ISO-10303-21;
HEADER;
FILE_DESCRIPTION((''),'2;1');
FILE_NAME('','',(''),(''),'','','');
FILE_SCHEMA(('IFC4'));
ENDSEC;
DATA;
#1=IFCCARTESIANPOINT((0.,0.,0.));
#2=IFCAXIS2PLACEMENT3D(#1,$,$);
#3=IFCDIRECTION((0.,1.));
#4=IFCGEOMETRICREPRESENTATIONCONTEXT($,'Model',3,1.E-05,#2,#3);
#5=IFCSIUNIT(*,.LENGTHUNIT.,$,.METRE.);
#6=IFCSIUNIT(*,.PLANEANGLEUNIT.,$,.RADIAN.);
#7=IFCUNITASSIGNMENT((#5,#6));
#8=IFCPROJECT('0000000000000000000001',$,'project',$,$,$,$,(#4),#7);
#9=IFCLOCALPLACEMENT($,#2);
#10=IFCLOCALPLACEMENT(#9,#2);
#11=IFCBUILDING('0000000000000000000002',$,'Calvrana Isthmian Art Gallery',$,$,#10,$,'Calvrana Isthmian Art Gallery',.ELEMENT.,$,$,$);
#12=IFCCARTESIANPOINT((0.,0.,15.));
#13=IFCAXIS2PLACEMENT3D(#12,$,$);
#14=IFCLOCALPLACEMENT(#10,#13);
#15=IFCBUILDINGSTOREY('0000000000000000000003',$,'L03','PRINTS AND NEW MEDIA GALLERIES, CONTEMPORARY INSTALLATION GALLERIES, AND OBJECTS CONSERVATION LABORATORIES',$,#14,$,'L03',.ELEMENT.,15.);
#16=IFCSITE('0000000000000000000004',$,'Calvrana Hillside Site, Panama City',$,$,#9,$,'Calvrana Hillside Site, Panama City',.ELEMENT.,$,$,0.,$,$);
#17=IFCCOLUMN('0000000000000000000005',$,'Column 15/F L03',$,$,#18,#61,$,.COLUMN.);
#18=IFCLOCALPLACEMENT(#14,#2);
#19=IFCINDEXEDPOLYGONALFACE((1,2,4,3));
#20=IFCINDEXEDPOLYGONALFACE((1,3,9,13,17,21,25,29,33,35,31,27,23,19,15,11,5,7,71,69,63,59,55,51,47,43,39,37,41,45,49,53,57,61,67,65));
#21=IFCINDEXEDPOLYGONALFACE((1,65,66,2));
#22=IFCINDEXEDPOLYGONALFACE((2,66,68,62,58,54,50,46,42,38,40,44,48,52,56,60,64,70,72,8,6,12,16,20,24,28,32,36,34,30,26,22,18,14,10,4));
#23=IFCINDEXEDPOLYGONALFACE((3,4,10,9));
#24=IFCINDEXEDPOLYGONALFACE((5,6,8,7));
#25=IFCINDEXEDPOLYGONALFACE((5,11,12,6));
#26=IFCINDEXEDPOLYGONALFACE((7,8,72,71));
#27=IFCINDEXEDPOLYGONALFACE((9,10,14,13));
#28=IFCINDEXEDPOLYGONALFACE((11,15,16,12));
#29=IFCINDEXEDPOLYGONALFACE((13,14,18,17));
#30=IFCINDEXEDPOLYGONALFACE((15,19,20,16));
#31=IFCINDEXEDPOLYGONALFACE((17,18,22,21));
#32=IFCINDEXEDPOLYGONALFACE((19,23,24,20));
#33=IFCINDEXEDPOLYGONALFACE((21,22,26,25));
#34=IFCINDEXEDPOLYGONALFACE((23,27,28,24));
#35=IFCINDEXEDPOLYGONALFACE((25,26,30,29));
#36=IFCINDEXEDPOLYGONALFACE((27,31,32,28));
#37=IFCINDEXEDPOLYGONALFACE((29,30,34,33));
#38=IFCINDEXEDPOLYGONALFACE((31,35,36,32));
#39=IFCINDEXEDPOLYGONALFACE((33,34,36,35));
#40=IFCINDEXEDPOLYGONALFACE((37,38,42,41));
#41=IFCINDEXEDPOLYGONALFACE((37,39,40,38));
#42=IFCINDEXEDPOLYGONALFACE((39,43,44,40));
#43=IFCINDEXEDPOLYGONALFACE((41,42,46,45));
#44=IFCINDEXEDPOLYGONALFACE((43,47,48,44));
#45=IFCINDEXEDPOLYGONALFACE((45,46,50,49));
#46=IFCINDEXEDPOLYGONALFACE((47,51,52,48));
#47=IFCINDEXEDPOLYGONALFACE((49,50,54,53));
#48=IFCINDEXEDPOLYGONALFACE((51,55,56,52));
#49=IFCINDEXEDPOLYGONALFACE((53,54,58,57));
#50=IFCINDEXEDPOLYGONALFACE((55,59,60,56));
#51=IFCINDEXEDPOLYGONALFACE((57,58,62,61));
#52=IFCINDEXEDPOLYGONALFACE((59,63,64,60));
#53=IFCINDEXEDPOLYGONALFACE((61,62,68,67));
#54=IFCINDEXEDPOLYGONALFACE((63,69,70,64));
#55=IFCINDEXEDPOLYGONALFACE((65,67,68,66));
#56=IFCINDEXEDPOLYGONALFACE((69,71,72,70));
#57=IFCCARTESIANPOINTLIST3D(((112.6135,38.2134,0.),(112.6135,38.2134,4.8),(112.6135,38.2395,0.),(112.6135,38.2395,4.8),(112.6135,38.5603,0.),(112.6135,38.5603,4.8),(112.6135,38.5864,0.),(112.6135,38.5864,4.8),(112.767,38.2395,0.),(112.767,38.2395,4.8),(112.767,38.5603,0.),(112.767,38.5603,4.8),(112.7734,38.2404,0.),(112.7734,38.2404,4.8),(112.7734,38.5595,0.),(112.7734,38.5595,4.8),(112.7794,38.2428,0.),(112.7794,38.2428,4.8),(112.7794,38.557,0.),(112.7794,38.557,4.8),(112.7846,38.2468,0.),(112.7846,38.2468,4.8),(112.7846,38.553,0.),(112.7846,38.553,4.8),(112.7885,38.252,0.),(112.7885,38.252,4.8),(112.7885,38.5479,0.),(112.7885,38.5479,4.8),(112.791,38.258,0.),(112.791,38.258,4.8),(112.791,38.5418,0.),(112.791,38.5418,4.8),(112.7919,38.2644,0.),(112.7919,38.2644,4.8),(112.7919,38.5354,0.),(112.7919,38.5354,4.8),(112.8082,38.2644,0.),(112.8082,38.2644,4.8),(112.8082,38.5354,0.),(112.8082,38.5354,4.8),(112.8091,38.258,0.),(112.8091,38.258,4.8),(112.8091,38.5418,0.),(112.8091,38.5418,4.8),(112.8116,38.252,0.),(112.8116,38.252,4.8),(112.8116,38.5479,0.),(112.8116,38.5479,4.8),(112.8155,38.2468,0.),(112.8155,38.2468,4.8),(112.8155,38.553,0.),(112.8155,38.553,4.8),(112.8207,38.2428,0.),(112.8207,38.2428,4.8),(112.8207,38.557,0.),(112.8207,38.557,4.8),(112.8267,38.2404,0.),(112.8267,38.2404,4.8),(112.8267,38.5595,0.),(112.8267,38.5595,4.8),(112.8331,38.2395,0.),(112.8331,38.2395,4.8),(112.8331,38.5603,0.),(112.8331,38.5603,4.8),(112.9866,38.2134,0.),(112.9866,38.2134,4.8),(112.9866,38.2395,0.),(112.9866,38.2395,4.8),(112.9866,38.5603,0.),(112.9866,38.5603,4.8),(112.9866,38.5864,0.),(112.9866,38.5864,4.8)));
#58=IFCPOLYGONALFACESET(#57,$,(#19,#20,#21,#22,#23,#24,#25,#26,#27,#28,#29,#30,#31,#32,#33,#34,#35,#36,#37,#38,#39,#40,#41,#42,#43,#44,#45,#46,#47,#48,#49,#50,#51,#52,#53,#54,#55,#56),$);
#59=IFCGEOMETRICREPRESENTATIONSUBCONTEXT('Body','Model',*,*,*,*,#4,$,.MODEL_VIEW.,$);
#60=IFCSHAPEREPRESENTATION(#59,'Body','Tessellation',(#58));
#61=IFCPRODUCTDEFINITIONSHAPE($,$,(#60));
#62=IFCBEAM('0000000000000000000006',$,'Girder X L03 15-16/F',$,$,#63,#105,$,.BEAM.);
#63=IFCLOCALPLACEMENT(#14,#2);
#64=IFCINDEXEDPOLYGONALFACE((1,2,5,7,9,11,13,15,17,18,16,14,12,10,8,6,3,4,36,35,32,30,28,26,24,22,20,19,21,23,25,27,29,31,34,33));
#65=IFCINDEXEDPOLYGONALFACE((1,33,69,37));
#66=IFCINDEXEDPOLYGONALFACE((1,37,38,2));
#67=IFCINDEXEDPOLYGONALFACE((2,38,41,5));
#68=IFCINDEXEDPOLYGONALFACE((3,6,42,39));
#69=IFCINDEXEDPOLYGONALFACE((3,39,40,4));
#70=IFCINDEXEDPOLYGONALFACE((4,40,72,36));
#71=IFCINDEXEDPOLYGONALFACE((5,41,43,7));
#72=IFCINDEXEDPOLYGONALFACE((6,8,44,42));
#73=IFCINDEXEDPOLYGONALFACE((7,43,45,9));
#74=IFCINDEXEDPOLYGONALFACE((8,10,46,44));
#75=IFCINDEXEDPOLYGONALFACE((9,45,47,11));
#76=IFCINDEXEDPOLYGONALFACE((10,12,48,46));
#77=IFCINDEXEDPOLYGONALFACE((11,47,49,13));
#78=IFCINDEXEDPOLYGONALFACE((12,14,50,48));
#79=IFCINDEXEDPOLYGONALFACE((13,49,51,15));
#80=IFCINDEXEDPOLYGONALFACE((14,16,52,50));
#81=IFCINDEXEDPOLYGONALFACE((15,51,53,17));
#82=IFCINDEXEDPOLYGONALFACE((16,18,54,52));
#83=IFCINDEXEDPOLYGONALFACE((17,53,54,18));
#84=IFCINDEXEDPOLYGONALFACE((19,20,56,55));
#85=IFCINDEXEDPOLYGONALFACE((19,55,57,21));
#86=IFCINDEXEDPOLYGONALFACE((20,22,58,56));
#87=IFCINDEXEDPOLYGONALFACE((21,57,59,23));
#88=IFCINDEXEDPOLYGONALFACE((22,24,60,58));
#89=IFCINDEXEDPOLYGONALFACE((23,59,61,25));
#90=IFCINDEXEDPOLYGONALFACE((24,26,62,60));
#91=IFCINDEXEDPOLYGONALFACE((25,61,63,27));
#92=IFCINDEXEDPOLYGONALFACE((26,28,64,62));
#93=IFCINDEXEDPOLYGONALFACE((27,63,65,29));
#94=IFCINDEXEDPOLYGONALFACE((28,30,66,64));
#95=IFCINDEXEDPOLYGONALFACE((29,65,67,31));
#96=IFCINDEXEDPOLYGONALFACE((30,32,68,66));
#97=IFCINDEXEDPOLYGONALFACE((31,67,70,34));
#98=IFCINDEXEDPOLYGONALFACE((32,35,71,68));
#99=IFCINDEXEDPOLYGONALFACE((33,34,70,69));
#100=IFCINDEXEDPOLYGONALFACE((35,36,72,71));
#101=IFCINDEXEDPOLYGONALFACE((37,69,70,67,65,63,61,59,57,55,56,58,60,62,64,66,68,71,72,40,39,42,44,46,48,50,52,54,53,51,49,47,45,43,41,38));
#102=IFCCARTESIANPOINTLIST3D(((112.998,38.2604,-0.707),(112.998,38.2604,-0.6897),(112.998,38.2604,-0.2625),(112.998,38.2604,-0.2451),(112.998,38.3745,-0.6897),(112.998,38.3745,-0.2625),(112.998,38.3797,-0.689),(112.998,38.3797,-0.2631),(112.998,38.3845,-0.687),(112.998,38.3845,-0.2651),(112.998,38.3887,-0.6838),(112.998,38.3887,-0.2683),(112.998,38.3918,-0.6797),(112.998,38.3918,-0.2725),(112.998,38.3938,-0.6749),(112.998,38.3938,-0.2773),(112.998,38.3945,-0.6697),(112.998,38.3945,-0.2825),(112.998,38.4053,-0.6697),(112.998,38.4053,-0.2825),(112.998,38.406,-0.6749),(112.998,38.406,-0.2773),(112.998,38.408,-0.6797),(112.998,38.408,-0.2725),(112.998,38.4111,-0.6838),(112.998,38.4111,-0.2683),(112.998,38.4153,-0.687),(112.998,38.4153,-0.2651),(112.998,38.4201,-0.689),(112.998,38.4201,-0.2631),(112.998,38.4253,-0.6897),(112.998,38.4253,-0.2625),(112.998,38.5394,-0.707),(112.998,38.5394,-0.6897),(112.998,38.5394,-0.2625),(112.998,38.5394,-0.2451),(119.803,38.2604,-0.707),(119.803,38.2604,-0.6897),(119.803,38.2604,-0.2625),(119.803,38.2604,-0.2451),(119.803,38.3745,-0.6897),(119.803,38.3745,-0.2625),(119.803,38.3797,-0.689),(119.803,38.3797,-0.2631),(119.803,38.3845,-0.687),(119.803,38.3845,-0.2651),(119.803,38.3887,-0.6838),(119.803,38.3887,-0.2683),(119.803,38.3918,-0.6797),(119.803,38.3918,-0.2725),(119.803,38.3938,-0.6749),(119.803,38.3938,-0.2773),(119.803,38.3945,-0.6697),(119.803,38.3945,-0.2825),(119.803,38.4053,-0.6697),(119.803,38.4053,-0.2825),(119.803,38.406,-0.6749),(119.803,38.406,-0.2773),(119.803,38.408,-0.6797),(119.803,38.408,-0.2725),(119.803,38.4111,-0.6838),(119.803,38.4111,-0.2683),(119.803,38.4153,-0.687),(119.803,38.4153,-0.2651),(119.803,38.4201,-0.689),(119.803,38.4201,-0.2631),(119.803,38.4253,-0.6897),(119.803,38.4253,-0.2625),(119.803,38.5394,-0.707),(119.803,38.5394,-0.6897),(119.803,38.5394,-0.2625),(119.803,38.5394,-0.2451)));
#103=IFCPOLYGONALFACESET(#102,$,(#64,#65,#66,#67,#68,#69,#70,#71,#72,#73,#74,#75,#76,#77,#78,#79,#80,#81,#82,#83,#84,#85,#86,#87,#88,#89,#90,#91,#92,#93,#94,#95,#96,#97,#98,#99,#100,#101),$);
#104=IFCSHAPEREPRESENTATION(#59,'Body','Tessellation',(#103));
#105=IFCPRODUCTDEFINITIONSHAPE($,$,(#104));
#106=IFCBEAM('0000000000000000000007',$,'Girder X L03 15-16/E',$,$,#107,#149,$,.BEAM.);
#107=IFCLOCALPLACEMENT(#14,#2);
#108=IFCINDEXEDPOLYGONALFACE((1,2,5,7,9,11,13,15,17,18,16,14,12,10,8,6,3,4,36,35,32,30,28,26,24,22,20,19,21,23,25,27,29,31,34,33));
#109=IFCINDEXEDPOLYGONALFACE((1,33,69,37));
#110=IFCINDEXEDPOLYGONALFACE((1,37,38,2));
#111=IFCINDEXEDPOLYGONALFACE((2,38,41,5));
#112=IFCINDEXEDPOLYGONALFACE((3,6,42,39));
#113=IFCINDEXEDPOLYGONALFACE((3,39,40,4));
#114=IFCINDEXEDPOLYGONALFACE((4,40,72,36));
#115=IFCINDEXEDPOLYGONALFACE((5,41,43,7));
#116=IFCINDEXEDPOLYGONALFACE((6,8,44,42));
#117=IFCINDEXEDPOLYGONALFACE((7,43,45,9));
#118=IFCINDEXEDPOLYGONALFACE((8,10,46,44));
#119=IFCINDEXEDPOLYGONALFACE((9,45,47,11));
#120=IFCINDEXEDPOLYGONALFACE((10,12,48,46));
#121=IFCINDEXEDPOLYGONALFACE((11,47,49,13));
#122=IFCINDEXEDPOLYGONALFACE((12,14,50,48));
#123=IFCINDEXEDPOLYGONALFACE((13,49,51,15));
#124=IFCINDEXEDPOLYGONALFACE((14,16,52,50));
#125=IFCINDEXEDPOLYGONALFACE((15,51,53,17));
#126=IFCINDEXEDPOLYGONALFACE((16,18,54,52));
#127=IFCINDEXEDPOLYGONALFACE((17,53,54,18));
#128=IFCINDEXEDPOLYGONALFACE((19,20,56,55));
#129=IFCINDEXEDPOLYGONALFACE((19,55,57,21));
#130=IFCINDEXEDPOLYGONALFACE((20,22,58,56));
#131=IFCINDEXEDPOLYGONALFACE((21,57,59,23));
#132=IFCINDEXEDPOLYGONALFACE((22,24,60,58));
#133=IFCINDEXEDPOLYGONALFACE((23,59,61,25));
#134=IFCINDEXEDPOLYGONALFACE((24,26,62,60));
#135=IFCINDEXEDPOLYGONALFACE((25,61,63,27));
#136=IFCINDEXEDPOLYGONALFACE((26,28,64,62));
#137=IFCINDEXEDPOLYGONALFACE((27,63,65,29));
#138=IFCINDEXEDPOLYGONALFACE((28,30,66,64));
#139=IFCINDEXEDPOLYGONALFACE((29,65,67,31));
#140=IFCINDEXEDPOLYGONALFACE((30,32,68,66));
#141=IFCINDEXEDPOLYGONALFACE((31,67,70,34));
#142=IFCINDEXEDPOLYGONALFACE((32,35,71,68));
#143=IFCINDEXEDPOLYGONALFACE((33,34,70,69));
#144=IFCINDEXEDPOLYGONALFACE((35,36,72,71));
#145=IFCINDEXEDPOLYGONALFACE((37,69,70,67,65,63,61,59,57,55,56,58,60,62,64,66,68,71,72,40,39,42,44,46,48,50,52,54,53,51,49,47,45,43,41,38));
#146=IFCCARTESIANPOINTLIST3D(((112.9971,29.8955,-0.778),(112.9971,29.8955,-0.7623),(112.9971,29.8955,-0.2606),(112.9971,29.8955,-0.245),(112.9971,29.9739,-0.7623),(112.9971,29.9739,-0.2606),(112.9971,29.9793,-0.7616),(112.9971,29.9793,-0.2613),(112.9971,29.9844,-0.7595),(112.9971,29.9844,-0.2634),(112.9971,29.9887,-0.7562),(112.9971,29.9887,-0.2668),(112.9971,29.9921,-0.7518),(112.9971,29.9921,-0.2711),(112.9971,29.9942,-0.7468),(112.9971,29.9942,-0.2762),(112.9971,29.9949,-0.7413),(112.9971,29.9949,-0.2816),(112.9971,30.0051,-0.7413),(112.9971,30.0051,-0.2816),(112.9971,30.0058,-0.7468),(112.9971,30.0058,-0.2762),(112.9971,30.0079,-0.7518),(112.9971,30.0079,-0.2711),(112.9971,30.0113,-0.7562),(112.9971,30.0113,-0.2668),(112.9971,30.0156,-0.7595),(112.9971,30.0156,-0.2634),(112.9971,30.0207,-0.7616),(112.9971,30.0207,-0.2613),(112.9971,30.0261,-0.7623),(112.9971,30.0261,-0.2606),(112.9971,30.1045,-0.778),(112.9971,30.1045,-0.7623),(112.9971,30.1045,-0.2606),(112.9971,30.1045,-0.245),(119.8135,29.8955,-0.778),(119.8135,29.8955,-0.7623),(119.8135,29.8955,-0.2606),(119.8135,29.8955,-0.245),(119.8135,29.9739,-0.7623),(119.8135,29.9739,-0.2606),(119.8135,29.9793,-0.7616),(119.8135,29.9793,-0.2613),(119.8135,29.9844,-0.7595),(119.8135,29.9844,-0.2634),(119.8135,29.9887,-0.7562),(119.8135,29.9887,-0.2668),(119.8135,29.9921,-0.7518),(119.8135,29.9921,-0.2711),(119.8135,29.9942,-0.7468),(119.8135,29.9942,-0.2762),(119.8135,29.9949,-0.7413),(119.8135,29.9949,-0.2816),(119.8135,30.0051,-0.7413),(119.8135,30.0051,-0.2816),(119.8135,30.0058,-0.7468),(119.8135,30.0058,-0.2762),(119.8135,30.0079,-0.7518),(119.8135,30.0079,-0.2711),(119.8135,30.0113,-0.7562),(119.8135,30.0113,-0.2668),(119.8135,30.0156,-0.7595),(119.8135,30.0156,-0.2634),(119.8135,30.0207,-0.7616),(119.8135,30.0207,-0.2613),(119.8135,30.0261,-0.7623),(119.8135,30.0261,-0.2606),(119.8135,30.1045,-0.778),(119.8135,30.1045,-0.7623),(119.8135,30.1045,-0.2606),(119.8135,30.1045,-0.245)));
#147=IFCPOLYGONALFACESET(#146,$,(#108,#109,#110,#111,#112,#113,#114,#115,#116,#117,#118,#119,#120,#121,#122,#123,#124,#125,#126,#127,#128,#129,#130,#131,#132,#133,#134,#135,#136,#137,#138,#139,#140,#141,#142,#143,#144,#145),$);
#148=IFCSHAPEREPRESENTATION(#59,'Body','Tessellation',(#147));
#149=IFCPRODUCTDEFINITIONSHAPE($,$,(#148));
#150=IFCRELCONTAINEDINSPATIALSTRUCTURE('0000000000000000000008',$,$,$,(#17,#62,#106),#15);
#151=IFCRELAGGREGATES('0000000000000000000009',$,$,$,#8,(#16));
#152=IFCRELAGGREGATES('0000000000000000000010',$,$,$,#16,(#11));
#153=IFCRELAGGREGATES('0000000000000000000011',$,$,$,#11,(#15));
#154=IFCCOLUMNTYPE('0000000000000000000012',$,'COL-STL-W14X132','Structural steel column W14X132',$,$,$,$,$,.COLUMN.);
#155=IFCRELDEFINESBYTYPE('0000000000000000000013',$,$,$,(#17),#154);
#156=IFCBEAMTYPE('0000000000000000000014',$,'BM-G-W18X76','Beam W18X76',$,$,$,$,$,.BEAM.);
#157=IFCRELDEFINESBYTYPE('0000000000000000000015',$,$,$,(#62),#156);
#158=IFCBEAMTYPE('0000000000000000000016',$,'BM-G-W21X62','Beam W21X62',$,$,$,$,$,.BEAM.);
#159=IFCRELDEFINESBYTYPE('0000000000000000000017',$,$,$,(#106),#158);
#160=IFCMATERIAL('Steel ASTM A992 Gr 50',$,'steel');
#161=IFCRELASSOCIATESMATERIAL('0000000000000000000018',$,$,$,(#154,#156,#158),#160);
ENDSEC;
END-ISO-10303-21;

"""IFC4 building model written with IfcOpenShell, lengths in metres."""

from ifc_helpers import new_model, si_unit, direction, frame, origin, origin_2d, place, context, subcontext, project, spatial, i_section, extrude, material, material_profile, profile_set, type_object, element, save


model = new_model("IFC4")

# Units and contexts
model_context = context("Model", 3, precision=1e-05, world=origin(), true_north=direction((0.0, 1.0)))
body_context = subcontext(model_context, "Body", "Model", "MODEL_VIEW")
ifc_project = project(units=[si_unit("LENGTHUNIT", "METRE"), si_unit("PLANEANGLEUNIT", "RADIAN")], contexts=[model_context])

# Site, building, storey
site_placement = place(None, origin())
site = spatial("IfcSite", under=ifc_project, at=site_placement, Name="Calvrana Hillside Site, Panama City", LongName="Calvrana Hillside Site, Panama City", CompositionType="ELEMENT", RefElevation=0.0)
building_placement = place(site_placement, origin())
building = spatial("IfcBuilding", under=site, at=building_placement, Name="Calvrana Isthmian Art Gallery", LongName="Calvrana Isthmian Art Gallery", CompositionType="ELEMENT")
storey_placement = place(building_placement, frame((0.0, 0.0, 15.0)))
storey = spatial("IfcBuildingStorey", under=building, at=storey_placement, Name="L03", Description="PRINTS AND NEW MEDIA GALLERIES, CONTEMPORARY INSTALLATION GALLERIES, AND OBJECTS CONSERVATION LABORATORIES", LongName="L03", CompositionType="ELEMENT", Elevation=15.0)

# Column
ifc_material_1 = material(Name="Steel ASTM A992 Gr 50", Category="steel")
ifc_material_profile_1 = material_profile(ifc_material_1, i_section(OverallWidth=0.373, OverallDepth=0.373, WebThickness=0.0164, FlangeThickness=0.0261, FilletRadius=0.0249, at=origin_2d()), Name="W14X132")
ifc_profile_set_1 = profile_set([ifc_material_profile_1], Name="Steel ASTM A992 Gr 50")
column_type = type_object("IfcColumnType", Name="COL-STL-W14X132", Description="Structural steel column W14X132", PredefinedType="COLUMN", material=ifc_profile_set_1)
column_placement = place(storey_placement, frame((112.8, 38.3999, 0.0), z_axis=(0.0, 0.0, 1.0), x_axis=(1.0, 0.0, 0.0)))
element("IfcColumn", 1, at=column_placement, inside=storey, type_object=column_type, Name="Column 15/F L03", PredefinedType="COLUMN", context=body_context, shape_type="SweptSolid", body=[
    extrude(i_section(OverallWidth=0.373, OverallDepth=0.373, WebThickness=0.0164, FlangeThickness=0.0261, FilletRadius=0.0249, at=origin_2d()), origin(), (0.0, 0.0, 1.0), 4.8),
])

# Beams
ifc_material_profile_2 = material_profile(ifc_material_1, i_section(OverallWidth=0.2791, OverallDepth=0.4619, WebThickness=0.0107, FlangeThickness=0.0173, FilletRadius=0.02, at=origin_2d()), Name="W18X76")
ifc_profile_set_2 = profile_set([ifc_material_profile_2], Name="Steel ASTM A992 Gr 50")
beam_type_1 = type_object("IfcBeamType", Name="BM-G-W18X76", Description="Beam W18X76", PredefinedType="BEAM", material=ifc_profile_set_2)
beam_1_placement = place(storey_placement, frame((112.998, 38.3999, -0.4761), z_axis=(1.0, 0.0, 0.0), x_axis=(0.0, 1.0, 0.0)))
element("IfcBeam", 2, at=beam_1_placement, inside=storey, type_object=beam_type_1, Name="Girder X L03 15-16/F", PredefinedType="BEAM", context=body_context, shape_type="SweptSolid", body=[
    extrude(i_section(OverallWidth=0.2791, OverallDepth=0.4619, WebThickness=0.0107, FlangeThickness=0.0173, FilletRadius=0.02, at=origin_2d()), origin(), (0.0, 0.0, 1.0), 6.8049),
])
ifc_material_profile_3 = material_profile(ifc_material_1, i_section(OverallWidth=0.209, OverallDepth=0.533, WebThickness=0.0103, FlangeThickness=0.0156, FilletRadius=0.021, at=origin_2d()), Name="W21X62")
ifc_profile_set_3 = profile_set([ifc_material_profile_3], Name="Steel ASTM A992 Gr 50")
beam_type_2 = type_object("IfcBeamType", Name="BM-G-W21X62", Description="Beam W21X62", PredefinedType="BEAM", material=ifc_profile_set_3)
beam_2_placement = place(storey_placement, frame((112.9971, 30.0, -0.5115), z_axis=(1.0, 0.0, 0.0), x_axis=(0.0, 1.0, 0.0)))
element("IfcBeam", 3, at=beam_2_placement, inside=storey, type_object=beam_type_2, Name="Girder X L03 15-16/E", PredefinedType="BEAM", context=body_context, shape_type="SweptSolid", body=[
    extrude(i_section(OverallWidth=0.209, OverallDepth=0.533, WebThickness=0.0103, FlangeThickness=0.0156, FilletRadius=0.021, at=origin_2d()), origin(), (0.0, 0.0, 1.0), 6.8164),
])

save(model, "model.ifc")
